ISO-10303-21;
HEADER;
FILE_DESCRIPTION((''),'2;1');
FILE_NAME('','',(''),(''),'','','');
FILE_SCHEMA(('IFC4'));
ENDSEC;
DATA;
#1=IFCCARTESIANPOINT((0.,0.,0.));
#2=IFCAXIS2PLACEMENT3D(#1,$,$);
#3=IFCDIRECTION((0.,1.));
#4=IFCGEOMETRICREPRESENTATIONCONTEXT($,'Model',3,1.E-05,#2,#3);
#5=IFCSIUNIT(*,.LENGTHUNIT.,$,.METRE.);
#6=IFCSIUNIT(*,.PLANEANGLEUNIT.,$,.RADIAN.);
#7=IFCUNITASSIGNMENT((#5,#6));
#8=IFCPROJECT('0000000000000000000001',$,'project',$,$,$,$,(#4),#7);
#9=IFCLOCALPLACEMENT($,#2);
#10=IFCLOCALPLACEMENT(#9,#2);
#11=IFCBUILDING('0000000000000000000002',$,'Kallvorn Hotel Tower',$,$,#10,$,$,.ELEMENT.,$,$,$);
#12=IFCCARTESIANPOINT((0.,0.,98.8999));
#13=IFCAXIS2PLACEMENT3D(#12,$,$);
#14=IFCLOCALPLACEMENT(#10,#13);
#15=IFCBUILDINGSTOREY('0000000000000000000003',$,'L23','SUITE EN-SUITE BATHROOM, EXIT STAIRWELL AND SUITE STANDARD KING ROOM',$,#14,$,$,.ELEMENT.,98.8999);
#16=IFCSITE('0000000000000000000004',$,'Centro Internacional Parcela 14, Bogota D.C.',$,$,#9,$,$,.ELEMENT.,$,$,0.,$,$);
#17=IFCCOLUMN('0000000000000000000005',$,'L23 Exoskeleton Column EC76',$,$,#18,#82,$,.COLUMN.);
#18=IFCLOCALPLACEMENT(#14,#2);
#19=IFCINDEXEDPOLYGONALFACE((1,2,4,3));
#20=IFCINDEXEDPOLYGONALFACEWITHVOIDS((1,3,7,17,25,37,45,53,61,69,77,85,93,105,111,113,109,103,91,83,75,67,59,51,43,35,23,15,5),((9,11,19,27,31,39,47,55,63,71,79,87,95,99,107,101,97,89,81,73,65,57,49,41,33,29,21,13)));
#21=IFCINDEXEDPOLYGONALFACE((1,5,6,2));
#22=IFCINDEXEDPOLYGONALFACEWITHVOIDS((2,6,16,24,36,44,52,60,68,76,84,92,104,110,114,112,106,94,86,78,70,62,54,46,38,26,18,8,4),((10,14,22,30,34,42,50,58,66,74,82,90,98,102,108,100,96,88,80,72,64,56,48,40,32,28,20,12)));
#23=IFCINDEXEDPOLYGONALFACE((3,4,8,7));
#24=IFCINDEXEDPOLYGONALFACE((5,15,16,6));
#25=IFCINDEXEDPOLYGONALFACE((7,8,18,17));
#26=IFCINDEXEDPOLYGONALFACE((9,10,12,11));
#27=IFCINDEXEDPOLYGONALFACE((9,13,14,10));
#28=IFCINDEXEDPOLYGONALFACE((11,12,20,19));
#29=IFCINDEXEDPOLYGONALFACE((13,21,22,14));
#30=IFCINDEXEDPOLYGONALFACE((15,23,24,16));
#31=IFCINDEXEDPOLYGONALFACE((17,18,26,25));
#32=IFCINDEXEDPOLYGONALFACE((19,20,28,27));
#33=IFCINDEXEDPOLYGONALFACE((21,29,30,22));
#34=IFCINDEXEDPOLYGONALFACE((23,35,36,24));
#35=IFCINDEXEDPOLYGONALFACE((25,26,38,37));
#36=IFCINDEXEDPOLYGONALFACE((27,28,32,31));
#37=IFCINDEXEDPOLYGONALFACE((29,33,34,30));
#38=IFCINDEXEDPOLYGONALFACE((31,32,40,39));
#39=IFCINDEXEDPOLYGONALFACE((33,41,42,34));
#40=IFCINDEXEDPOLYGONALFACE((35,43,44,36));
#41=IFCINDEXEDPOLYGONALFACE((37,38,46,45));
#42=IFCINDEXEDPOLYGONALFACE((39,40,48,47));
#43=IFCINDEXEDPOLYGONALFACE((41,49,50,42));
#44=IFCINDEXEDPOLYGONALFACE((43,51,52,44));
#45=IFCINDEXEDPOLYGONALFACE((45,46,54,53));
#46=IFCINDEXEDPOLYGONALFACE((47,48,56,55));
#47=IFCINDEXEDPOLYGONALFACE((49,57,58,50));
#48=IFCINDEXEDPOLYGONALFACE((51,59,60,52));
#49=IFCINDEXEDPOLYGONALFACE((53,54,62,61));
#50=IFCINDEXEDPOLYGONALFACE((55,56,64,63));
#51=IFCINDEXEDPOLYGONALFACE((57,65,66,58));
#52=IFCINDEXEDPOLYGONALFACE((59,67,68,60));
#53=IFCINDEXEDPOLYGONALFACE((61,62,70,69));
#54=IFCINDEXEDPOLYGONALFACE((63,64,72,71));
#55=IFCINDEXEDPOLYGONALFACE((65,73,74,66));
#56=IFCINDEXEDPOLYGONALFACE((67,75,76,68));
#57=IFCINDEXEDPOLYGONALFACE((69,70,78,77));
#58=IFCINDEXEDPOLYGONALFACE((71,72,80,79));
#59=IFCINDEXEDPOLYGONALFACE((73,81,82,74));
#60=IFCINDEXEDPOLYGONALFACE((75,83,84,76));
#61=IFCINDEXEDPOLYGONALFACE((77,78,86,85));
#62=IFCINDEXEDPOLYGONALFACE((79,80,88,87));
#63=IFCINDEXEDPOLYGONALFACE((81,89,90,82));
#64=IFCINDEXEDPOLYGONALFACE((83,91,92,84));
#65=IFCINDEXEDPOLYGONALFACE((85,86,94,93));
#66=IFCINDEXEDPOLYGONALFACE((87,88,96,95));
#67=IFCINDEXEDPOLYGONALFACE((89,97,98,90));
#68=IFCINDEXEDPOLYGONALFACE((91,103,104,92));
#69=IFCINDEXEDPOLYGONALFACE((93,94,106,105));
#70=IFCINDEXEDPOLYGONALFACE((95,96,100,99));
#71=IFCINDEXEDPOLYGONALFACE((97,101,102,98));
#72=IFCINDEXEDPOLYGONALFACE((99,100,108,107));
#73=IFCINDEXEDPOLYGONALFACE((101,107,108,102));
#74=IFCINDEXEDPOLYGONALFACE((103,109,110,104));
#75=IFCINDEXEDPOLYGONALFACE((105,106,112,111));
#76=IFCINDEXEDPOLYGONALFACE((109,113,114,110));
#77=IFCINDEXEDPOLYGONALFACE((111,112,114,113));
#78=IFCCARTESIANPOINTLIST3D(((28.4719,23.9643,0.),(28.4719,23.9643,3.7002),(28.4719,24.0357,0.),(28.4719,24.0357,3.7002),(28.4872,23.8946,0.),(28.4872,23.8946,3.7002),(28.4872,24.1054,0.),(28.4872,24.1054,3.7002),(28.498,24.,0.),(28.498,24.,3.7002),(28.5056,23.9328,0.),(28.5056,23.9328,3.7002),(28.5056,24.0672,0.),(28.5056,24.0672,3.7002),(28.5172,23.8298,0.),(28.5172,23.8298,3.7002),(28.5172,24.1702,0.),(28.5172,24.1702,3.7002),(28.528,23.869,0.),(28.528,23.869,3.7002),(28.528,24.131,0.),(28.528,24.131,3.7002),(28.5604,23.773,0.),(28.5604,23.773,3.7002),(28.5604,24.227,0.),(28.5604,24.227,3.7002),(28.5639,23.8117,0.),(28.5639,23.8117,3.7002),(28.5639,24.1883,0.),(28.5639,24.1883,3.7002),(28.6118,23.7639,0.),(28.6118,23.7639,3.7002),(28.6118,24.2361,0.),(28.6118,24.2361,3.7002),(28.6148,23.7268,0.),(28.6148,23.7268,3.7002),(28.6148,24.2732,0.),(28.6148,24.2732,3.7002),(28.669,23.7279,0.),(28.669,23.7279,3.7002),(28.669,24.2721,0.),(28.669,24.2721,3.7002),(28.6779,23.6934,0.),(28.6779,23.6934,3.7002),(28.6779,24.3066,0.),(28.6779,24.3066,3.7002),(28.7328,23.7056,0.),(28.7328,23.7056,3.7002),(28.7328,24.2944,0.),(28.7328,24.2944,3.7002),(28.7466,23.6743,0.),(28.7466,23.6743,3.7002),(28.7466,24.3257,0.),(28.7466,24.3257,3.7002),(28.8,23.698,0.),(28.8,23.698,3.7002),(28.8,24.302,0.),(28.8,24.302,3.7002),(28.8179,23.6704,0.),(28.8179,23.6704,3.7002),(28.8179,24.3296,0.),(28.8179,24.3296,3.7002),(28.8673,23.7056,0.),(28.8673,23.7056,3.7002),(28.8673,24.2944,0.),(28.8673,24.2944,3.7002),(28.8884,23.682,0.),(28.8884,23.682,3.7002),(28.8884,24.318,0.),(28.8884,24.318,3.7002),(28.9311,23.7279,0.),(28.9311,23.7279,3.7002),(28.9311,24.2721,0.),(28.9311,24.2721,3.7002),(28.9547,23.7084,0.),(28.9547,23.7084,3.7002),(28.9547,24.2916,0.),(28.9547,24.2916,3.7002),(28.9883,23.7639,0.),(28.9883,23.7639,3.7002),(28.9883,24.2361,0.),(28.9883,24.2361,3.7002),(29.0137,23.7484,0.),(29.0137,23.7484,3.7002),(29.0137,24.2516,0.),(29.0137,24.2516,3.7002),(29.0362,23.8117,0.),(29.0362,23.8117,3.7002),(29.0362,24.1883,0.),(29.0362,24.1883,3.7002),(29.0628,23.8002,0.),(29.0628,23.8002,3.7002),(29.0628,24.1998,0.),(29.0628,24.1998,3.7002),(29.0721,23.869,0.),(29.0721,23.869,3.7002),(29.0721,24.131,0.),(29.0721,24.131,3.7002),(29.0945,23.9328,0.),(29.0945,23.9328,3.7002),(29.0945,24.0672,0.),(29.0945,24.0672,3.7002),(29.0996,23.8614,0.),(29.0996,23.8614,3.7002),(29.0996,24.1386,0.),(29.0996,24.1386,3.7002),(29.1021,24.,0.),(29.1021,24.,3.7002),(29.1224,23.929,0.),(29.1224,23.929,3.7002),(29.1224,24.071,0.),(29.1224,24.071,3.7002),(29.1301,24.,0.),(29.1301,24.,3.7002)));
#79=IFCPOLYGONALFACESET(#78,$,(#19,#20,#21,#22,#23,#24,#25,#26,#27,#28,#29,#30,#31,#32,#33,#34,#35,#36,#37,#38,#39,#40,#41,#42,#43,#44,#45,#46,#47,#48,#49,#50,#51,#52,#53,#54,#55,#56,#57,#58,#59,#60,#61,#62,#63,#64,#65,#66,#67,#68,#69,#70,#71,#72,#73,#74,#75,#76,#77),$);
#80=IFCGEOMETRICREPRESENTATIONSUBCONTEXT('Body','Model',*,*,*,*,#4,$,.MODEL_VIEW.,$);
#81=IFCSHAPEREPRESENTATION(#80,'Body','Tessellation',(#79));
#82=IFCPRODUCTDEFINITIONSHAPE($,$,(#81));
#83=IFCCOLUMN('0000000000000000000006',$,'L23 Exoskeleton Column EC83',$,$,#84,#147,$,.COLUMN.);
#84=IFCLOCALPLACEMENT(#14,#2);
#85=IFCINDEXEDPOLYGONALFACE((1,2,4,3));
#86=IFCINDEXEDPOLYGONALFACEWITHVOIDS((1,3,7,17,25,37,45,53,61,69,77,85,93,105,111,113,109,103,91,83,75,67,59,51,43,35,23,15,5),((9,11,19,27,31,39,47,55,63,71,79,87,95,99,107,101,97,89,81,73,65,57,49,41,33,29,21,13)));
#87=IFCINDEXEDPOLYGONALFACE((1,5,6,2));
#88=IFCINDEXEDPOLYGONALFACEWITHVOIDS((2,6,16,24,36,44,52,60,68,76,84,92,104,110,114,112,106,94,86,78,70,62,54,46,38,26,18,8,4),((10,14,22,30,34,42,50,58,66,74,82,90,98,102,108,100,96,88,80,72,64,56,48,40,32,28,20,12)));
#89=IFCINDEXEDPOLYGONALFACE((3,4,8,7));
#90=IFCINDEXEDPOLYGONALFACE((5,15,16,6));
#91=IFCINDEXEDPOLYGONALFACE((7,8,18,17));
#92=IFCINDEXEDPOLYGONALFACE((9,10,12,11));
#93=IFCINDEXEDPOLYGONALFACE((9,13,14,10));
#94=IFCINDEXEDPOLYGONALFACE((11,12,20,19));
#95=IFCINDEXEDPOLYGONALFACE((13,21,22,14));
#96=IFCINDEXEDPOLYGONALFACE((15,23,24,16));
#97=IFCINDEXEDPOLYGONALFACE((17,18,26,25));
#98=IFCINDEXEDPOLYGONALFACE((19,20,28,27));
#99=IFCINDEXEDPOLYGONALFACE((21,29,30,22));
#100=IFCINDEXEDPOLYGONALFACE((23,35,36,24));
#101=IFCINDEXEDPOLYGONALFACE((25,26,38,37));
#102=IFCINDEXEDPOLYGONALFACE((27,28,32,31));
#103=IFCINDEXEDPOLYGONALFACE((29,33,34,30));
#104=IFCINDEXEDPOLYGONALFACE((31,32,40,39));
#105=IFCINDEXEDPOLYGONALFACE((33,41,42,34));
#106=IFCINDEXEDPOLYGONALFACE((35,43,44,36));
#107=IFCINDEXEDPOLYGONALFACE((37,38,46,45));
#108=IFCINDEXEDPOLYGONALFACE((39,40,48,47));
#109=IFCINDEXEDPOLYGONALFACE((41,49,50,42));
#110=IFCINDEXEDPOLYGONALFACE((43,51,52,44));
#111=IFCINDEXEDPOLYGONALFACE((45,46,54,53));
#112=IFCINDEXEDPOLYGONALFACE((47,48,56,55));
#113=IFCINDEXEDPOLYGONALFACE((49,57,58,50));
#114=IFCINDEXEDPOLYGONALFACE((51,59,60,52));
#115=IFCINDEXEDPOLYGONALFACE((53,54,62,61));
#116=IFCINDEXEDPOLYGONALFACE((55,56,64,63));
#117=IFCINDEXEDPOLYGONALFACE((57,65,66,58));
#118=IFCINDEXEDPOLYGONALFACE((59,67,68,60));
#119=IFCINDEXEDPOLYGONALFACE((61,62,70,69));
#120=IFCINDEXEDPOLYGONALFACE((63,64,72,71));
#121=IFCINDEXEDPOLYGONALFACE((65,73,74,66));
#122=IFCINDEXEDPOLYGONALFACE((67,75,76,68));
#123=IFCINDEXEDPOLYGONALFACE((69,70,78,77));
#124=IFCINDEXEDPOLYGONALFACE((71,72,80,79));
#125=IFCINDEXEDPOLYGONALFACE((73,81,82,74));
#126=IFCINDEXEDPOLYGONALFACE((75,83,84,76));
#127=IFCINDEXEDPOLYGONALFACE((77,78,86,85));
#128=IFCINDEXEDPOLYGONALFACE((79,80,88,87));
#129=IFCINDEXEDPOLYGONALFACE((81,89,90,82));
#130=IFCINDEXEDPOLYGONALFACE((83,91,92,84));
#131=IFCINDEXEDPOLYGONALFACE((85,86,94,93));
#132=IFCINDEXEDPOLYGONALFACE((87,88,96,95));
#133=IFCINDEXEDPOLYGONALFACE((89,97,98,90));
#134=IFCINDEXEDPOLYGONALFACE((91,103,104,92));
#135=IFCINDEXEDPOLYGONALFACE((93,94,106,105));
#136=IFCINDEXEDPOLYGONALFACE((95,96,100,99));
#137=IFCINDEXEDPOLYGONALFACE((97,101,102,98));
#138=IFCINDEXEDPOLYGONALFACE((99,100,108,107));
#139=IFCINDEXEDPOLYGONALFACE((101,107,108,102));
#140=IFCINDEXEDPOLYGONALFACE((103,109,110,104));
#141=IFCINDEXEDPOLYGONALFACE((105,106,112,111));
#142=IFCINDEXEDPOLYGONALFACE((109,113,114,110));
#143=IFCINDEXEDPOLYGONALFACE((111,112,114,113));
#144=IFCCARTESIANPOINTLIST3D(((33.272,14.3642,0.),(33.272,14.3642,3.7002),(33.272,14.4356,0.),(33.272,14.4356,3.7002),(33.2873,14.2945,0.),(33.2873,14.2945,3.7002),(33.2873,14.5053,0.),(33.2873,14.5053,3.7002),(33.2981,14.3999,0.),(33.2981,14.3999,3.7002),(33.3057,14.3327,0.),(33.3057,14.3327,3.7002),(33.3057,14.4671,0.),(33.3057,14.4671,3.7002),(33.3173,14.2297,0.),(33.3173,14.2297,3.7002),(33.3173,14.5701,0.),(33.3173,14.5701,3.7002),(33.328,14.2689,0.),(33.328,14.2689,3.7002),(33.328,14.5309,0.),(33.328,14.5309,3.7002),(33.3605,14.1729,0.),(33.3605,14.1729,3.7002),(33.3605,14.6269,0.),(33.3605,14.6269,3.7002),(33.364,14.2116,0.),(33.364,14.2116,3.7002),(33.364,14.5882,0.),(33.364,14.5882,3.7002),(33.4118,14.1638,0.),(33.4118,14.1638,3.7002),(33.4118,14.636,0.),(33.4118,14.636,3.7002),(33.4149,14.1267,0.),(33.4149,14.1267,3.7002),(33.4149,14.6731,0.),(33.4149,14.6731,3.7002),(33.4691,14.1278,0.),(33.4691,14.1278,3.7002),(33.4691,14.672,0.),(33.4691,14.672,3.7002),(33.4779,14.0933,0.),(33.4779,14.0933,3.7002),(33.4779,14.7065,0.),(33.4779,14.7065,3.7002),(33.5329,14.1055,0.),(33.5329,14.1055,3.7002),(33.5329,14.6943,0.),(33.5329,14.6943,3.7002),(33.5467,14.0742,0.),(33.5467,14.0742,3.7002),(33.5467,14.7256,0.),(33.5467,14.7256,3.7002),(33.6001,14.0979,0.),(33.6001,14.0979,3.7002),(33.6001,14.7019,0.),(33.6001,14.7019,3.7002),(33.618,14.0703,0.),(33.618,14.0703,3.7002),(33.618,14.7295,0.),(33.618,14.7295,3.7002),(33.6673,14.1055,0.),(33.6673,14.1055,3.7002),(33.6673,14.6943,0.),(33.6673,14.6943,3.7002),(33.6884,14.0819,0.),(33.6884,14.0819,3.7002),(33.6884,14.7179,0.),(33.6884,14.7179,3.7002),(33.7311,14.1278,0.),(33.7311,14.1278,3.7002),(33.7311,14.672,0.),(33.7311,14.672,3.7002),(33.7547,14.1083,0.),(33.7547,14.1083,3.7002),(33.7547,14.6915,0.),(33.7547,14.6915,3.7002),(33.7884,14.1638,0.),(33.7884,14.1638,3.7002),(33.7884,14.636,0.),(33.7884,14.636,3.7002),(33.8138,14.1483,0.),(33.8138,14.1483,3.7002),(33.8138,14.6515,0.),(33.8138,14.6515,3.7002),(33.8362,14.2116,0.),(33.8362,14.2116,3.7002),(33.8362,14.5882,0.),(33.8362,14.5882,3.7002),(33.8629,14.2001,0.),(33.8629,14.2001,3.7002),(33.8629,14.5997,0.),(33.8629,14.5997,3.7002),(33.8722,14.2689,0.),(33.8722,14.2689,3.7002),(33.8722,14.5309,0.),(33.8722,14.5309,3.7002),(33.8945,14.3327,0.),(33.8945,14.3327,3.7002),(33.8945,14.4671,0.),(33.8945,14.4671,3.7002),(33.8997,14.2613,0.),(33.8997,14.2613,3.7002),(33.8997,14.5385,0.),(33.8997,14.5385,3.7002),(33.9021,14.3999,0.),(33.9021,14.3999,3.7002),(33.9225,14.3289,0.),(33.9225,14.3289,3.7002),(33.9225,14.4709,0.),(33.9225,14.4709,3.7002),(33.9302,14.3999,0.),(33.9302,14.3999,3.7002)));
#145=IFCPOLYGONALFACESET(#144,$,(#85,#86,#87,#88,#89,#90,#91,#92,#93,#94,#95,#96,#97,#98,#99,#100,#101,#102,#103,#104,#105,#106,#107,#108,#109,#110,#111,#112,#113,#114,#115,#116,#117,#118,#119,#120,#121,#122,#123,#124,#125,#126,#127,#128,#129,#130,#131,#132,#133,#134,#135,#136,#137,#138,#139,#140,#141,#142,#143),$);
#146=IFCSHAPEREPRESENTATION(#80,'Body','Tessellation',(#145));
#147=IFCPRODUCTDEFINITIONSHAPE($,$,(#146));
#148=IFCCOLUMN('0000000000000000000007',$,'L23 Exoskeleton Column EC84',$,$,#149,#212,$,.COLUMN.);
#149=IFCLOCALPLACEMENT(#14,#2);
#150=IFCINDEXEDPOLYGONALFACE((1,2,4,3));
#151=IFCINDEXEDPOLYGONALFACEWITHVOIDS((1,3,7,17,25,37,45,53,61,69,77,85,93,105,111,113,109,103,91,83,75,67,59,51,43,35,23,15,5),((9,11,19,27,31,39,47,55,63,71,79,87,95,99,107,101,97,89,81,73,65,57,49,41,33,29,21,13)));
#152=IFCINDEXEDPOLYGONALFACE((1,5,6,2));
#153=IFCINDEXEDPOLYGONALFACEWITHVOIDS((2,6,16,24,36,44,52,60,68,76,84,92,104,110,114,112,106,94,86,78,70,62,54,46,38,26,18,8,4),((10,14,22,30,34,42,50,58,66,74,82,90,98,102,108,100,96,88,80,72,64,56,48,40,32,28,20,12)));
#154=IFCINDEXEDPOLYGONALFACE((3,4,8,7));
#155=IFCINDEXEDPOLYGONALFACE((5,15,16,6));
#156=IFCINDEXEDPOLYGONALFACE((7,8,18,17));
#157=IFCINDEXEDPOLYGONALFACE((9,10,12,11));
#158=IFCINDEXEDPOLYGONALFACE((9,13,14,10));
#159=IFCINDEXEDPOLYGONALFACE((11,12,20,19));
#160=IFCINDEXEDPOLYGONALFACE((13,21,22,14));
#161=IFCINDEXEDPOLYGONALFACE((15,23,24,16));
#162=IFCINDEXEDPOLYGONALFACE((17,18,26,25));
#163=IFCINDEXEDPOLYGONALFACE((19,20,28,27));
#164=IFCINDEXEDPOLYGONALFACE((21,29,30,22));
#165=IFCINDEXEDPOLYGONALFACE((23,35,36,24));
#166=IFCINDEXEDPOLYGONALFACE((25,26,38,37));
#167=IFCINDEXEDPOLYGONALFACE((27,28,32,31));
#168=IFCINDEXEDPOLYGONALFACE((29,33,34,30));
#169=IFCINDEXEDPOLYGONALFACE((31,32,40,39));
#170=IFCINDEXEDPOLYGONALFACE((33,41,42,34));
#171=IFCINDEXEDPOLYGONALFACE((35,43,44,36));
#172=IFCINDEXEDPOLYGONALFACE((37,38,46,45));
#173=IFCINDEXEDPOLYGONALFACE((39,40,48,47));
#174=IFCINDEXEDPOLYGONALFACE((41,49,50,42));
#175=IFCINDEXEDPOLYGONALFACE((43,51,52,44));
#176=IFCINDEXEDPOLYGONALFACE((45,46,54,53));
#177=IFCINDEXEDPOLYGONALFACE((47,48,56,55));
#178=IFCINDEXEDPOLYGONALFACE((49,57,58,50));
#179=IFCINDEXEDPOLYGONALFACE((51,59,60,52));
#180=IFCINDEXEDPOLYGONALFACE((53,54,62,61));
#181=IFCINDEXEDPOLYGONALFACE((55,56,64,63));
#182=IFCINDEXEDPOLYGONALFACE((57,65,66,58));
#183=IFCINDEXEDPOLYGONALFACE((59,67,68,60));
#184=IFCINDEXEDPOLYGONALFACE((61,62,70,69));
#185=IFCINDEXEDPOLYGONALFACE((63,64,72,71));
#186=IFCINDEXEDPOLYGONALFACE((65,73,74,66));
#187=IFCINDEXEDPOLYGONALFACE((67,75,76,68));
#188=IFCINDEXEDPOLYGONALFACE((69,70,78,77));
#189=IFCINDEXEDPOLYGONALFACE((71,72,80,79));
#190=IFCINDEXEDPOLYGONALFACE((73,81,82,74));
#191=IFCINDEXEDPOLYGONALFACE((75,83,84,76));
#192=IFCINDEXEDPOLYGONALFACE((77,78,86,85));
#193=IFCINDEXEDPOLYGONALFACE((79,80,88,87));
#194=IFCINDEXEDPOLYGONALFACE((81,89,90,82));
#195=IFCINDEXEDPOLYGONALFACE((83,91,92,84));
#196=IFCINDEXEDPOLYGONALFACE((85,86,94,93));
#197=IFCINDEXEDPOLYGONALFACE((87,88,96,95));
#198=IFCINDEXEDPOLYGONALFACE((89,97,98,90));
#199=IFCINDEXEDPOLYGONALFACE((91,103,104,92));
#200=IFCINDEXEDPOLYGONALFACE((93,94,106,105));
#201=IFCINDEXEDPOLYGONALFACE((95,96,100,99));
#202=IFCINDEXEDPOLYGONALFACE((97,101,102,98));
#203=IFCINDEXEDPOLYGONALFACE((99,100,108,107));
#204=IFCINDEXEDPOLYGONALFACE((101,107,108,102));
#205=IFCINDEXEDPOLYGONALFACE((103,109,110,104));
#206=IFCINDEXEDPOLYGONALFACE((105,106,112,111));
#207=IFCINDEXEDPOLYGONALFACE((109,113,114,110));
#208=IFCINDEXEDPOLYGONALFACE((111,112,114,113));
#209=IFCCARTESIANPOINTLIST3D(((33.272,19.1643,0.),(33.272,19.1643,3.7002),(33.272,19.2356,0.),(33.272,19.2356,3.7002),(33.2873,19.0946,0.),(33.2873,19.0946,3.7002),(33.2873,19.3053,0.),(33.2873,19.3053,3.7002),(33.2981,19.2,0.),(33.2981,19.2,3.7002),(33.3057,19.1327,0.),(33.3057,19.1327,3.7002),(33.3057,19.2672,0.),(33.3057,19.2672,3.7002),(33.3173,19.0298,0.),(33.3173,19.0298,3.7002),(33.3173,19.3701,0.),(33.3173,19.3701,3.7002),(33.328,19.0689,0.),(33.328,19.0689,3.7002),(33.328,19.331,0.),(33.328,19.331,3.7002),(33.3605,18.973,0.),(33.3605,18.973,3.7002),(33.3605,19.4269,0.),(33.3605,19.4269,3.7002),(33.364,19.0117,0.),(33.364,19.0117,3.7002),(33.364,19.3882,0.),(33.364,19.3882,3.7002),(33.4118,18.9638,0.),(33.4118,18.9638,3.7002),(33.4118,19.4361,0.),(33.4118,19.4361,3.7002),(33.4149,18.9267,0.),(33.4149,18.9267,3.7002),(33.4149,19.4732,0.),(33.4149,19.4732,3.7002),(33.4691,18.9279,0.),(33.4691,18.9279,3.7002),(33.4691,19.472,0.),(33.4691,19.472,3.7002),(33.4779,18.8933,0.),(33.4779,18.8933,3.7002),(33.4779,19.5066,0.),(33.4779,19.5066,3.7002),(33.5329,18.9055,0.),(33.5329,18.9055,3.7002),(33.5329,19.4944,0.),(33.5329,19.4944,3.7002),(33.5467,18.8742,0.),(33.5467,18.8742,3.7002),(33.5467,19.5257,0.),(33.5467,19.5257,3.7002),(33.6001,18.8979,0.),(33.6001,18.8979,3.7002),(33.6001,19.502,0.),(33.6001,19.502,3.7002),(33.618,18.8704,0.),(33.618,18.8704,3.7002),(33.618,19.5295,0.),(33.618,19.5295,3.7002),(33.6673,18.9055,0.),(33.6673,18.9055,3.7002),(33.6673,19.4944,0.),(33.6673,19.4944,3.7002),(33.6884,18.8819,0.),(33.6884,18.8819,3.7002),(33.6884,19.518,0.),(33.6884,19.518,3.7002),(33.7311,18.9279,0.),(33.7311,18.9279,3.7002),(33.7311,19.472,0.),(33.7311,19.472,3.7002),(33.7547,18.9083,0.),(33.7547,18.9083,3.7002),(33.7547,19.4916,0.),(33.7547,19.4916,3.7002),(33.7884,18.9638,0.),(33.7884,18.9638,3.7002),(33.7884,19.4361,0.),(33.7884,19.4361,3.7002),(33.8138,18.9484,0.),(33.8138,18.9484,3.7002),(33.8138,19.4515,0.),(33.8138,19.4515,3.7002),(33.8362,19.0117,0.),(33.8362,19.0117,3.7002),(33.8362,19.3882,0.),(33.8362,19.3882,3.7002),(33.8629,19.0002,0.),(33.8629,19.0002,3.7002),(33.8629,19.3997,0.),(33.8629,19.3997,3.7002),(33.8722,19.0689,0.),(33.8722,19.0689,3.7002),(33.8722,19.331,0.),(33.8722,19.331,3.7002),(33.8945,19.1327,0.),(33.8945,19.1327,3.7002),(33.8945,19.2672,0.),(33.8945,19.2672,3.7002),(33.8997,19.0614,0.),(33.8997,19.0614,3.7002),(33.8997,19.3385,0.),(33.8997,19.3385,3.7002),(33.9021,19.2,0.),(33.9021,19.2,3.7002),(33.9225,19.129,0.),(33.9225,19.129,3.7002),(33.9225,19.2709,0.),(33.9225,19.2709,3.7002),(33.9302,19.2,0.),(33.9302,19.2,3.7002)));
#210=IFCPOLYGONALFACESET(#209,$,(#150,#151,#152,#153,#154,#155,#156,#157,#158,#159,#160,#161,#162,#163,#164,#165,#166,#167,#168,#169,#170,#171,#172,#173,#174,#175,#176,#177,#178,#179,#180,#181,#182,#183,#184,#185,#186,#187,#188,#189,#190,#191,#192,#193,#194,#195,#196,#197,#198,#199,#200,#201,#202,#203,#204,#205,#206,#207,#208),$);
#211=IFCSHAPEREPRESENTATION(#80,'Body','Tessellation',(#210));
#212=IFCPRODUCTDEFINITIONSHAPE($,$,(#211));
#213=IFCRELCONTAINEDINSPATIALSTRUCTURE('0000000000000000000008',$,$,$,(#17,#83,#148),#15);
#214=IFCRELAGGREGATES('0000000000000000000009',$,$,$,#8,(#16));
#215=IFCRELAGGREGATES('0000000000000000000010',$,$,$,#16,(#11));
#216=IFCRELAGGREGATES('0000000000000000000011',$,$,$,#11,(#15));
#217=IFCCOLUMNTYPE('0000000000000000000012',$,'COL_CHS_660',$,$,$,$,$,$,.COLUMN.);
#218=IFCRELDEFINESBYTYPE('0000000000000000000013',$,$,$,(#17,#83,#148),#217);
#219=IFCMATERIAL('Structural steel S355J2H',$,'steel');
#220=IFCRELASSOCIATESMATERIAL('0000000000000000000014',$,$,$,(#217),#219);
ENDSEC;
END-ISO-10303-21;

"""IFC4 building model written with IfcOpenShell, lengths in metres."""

from ifc_helpers import new_model, si_unit, direction, frame, origin, origin_2d, place, context, subcontext, project, spatial, hollow_circle, extrude, material, material_profile, profile_set, type_object, element, save


model = new_model("IFC4")

# Units and contexts
model_context = context("Model", 3, precision=1e-05, world=origin(), true_north=direction((0.0, 1.0)))
body_context = subcontext(model_context, "Body", "Model", "MODEL_VIEW")
ifc_project = project(units=[si_unit("LENGTHUNIT", "METRE"), si_unit("PLANEANGLEUNIT", "RADIAN")], contexts=[model_context])

# Site, building, storey
site_placement = place(None, origin())
site = spatial("IfcSite", under=ifc_project, at=site_placement, Name="Centro Internacional Parcela 14, Bogota D.C.", CompositionType="ELEMENT", RefElevation=0.0)
building_placement = place(site_placement, origin())
building = spatial("IfcBuilding", under=site, at=building_placement, Name="Kallvorn Hotel Tower", CompositionType="ELEMENT")
storey_placement = place(building_placement, frame((0.0, 0.0, 98.8999)))
storey = spatial("IfcBuildingStorey", under=building, at=storey_placement, Name="L23", Description="SUITE EN-SUITE BATHROOM, EXIT STAIRWELL AND SUITE STANDARD KING ROOM", CompositionType="ELEMENT", Elevation=98.8999)

# Columns
ifc_material_1 = material(Name="Structural steel S355J2H", Category="steel")
ifc_material_profile_1 = material_profile(ifc_material_1, hollow_circle(Radius=0.3301, WallThickness=0.0281, at=origin_2d()), Name="CHS 660x28")
ifc_profile_set_1 = profile_set([ifc_material_profile_1], Name="Structural steel S355J2H")
column_type = type_object("IfcColumnType", Name="COL_CHS_660", PredefinedType="COLUMN", material=ifc_profile_set_1)
for number, where, z_axis, x_axis, name in (
    (1, (28.8, 24.0, 0.0), (0.0, 0.0, 1.0), (1.0, 0.0, 0.0), "L23 Exoskeleton Column EC76"),
    (2, (33.6001, 14.3999, 0.0), (0.0, 0.0, 1.0), (1.0, 0.0, 0.0), "L23 Exoskeleton Column EC83"),
    (3, (33.6001, 19.2, 0.0), (0.0, 0.0, 1.0), (1.0, 0.0, 0.0), "L23 Exoskeleton Column EC84"),
):
    element("IfcColumn", number, at=place(storey_placement, frame(where, z_axis=z_axis, x_axis=x_axis)), inside=storey, type_object=column_type, Name=name, PredefinedType="COLUMN", context=body_context, shape_type="SweptSolid", body=[
        extrude(hollow_circle(Radius=0.3301, WallThickness=0.0281, at=origin_2d()), origin(), (0.0, 0.0, 1.0), 3.7002),
    ])

save(model, "model.ifc")
